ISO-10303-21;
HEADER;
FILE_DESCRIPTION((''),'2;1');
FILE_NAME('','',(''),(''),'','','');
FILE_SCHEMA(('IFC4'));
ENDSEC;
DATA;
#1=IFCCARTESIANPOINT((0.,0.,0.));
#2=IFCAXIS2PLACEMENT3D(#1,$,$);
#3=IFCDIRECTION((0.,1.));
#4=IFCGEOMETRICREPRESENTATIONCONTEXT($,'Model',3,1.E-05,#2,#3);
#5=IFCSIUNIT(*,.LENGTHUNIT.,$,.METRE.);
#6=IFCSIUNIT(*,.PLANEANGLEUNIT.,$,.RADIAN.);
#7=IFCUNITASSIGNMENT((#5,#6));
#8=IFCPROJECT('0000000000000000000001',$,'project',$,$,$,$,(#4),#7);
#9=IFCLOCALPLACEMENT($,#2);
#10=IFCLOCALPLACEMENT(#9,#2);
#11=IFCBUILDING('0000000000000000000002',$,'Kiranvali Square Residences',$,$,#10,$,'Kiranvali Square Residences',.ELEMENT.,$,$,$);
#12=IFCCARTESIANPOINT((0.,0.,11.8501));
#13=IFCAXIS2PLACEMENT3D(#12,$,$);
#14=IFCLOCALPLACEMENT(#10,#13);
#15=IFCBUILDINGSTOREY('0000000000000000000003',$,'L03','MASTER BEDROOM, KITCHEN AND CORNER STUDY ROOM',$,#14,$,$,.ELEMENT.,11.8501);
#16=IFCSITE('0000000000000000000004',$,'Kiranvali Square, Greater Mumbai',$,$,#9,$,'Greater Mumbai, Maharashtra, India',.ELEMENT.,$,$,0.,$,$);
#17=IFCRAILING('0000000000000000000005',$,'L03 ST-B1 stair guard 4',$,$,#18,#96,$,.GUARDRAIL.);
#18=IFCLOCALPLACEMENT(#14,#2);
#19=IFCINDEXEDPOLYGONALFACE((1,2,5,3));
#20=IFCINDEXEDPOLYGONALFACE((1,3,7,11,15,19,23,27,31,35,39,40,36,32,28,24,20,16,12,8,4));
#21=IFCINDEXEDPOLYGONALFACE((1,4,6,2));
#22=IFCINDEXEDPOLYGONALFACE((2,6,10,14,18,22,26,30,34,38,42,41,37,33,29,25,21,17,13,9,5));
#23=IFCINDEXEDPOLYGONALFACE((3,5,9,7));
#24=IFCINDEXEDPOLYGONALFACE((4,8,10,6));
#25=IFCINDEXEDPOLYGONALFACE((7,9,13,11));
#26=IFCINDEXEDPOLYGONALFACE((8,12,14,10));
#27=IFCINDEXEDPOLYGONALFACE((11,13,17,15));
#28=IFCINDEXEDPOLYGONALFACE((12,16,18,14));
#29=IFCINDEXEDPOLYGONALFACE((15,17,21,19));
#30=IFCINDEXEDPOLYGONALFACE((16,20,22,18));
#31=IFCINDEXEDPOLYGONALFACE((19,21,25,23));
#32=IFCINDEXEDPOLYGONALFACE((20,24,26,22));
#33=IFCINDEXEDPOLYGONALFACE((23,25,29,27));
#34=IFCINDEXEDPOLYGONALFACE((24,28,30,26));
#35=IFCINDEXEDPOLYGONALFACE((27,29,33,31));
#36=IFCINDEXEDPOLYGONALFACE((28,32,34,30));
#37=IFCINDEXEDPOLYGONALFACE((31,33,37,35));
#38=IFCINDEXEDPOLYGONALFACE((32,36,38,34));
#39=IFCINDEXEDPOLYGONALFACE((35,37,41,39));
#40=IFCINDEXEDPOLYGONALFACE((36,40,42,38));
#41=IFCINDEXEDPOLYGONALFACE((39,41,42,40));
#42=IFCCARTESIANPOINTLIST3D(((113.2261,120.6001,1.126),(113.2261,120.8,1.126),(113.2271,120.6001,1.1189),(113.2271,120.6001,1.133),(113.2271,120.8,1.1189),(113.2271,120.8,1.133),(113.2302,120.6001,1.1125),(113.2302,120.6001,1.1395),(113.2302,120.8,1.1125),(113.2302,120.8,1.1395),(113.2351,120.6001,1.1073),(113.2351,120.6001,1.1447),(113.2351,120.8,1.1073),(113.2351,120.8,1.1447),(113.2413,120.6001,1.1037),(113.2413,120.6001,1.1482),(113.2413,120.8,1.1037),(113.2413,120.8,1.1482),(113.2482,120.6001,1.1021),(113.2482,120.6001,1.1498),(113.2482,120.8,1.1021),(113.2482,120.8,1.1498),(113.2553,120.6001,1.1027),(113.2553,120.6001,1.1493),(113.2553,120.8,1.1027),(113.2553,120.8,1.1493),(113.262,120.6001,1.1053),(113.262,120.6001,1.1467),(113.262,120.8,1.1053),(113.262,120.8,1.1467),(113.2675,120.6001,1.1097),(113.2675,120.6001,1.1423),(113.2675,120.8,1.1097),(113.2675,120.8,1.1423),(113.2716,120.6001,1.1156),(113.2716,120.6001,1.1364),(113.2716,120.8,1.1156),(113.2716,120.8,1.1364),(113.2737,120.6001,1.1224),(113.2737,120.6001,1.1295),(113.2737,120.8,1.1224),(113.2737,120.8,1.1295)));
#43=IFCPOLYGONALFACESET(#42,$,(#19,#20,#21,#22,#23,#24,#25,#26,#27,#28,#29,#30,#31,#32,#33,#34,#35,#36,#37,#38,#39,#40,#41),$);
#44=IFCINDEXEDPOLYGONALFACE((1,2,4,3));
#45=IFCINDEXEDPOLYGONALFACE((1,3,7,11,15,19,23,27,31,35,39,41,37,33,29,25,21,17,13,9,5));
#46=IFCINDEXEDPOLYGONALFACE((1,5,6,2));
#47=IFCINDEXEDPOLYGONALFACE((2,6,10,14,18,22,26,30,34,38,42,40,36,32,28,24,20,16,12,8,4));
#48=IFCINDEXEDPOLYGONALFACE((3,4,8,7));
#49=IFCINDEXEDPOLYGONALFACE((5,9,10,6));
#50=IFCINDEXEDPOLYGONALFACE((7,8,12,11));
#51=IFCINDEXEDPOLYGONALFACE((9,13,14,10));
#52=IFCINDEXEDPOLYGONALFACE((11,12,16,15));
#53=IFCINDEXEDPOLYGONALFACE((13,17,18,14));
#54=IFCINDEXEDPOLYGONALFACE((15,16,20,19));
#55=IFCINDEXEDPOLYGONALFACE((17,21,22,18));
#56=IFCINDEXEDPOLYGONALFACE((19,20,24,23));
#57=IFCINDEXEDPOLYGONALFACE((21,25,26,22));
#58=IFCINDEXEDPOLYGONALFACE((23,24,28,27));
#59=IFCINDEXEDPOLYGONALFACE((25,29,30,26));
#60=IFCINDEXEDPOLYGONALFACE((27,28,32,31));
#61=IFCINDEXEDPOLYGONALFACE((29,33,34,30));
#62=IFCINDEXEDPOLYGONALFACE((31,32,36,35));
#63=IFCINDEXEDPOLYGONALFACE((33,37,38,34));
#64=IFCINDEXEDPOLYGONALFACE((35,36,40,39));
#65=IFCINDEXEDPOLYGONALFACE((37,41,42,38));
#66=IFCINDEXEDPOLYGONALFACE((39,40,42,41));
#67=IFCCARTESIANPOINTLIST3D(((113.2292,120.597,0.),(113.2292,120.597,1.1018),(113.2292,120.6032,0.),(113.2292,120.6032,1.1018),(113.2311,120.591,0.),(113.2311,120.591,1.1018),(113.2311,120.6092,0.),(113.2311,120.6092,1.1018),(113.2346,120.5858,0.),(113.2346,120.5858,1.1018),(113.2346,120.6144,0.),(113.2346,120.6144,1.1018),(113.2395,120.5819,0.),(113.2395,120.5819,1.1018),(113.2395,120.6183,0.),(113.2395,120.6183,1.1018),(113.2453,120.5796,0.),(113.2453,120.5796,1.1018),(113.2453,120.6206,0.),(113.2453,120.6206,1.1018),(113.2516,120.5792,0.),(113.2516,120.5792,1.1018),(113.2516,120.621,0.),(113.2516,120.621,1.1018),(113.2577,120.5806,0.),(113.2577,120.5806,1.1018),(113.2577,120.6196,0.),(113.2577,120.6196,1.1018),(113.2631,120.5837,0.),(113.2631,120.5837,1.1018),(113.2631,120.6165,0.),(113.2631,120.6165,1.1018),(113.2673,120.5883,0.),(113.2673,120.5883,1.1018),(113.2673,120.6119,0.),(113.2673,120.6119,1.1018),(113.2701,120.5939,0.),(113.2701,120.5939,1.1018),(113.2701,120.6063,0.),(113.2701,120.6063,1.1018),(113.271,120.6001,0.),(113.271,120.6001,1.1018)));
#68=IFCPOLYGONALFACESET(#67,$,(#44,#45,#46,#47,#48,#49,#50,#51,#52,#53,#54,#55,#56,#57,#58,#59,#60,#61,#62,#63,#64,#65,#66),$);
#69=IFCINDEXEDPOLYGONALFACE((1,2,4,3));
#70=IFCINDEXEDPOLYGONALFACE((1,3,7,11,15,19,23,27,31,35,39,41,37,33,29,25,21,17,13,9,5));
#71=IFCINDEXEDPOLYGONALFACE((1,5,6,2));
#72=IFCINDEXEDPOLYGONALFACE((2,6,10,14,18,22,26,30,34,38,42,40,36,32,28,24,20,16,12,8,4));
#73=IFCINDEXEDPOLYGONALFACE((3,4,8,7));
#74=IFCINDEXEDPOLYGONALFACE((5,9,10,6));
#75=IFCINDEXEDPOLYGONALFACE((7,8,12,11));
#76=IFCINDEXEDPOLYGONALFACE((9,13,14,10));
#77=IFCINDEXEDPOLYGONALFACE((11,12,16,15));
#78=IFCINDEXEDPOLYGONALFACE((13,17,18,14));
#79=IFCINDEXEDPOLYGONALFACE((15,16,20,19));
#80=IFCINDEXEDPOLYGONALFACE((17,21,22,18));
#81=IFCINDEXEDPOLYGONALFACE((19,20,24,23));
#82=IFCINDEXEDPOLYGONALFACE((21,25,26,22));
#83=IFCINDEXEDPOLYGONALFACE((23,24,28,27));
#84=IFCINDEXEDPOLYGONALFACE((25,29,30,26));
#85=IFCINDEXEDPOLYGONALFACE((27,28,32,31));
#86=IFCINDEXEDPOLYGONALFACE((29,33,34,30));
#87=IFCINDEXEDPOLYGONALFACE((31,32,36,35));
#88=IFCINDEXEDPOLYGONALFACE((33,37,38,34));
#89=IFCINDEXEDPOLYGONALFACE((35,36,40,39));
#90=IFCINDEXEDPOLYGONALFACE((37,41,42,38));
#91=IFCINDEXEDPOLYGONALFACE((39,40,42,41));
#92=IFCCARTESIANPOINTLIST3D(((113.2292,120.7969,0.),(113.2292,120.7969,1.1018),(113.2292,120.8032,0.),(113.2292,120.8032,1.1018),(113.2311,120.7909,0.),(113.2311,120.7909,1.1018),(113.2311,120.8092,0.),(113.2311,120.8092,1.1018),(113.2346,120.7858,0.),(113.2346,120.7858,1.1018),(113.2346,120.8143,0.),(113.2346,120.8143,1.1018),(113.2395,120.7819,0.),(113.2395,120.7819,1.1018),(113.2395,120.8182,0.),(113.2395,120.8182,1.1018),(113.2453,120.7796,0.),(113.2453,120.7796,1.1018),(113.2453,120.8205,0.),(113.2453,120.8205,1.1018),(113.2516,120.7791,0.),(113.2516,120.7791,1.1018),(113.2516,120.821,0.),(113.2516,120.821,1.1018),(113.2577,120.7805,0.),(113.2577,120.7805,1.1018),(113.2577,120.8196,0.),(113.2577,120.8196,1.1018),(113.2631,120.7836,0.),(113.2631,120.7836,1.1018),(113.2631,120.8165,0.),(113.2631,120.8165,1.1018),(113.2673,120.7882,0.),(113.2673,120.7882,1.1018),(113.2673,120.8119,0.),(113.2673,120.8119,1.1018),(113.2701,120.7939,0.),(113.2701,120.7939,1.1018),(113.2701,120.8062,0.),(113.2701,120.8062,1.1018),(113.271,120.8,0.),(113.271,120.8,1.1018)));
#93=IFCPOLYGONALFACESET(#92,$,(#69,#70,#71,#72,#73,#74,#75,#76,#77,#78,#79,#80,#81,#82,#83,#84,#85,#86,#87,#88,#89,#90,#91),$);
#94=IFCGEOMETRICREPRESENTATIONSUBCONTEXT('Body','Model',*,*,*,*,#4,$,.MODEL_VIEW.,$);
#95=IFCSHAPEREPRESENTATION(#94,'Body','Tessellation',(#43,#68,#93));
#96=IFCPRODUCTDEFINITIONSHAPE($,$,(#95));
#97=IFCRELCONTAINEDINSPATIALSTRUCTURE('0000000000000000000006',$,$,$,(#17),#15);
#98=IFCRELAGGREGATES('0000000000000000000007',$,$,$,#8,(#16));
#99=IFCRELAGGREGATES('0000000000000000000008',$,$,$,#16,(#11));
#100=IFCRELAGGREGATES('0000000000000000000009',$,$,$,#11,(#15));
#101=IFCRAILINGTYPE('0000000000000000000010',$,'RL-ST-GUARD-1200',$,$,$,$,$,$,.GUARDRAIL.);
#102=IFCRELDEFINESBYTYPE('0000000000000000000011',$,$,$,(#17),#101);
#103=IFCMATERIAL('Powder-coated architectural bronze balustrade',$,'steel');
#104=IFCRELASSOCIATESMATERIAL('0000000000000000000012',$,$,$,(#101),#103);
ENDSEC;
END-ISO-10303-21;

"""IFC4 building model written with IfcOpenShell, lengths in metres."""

from ifc_helpers import new_model, si_unit, direction, frame, origin, origin_2d, place, context, subcontext, project, spatial, circle, extrude, material, type_object, element, save


model = new_model("IFC4")

# Units and contexts
model_context = context("Model", 3, precision=1e-05, world=origin(), true_north=direction((0.0, 1.0)))
body_context = subcontext(model_context, "Body", "Model", "MODEL_VIEW")
ifc_project = project(units=[si_unit("LENGTHUNIT", "METRE"), si_unit("PLANEANGLEUNIT", "RADIAN")], contexts=[model_context])

# Site, building, storey
site_placement = place(None, origin())
site = spatial("IfcSite", under=ifc_project, at=site_placement, Name="Kiranvali Square, Greater Mumbai", LongName="Greater Mumbai, Maharashtra, India", CompositionType="ELEMENT", RefElevation=0.0)
building_placement = place(site_placement, origin())
building = spatial("IfcBuilding", under=site, at=building_placement, Name="Kiranvali Square Residences", LongName="Kiranvali Square Residences", CompositionType="ELEMENT")
storey_placement = place(building_placement, frame((0.0, 0.0, 11.8501)))
storey = spatial("IfcBuildingStorey", under=building, at=storey_placement, Name="L03", Description="MASTER BEDROOM, KITCHEN AND CORNER STUDY ROOM", CompositionType="ELEMENT", Elevation=11.8501)

# Railing
ifc_material_1 = material(Name="Powder-coated architectural bronze balustrade", Category="steel")
railing_type_1 = type_object("IfcRailingType", Name="RL-ST-GUARD-1200", PredefinedType="GUARDRAIL", material=ifc_material_1)
railing_1_placement = place(storey_placement, frame((113.25, 120.6001, 0.0)))
element("IfcRailing", 1, at=railing_1_placement, inside=storey, type_object=railing_type_1, Name="L03 ST-B1 stair guard 4", PredefinedType="GUARDRAIL", context=body_context, shape_type="SweptSolid", body=[
    extrude(circle(Radius=0.0239, at=origin_2d()), frame((0.0, 0.0, 1.126), z_axis=(0.0, 1.0, 0.0), x_axis=(-1.0, 0.0, 0.0)), (0.0, 0.0, 1.0), 0.2),
    extrude(circle(Radius=0.021, at=origin_2d()), origin(), (0.0, 0.0, 1.0), 1.1018),
    extrude(circle(Radius=0.021, at=origin_2d()), frame((0.0, 0.2, 0.0)), (0.0, 0.0, 1.0), 1.1018),
])

save(model, "model.ifc")
